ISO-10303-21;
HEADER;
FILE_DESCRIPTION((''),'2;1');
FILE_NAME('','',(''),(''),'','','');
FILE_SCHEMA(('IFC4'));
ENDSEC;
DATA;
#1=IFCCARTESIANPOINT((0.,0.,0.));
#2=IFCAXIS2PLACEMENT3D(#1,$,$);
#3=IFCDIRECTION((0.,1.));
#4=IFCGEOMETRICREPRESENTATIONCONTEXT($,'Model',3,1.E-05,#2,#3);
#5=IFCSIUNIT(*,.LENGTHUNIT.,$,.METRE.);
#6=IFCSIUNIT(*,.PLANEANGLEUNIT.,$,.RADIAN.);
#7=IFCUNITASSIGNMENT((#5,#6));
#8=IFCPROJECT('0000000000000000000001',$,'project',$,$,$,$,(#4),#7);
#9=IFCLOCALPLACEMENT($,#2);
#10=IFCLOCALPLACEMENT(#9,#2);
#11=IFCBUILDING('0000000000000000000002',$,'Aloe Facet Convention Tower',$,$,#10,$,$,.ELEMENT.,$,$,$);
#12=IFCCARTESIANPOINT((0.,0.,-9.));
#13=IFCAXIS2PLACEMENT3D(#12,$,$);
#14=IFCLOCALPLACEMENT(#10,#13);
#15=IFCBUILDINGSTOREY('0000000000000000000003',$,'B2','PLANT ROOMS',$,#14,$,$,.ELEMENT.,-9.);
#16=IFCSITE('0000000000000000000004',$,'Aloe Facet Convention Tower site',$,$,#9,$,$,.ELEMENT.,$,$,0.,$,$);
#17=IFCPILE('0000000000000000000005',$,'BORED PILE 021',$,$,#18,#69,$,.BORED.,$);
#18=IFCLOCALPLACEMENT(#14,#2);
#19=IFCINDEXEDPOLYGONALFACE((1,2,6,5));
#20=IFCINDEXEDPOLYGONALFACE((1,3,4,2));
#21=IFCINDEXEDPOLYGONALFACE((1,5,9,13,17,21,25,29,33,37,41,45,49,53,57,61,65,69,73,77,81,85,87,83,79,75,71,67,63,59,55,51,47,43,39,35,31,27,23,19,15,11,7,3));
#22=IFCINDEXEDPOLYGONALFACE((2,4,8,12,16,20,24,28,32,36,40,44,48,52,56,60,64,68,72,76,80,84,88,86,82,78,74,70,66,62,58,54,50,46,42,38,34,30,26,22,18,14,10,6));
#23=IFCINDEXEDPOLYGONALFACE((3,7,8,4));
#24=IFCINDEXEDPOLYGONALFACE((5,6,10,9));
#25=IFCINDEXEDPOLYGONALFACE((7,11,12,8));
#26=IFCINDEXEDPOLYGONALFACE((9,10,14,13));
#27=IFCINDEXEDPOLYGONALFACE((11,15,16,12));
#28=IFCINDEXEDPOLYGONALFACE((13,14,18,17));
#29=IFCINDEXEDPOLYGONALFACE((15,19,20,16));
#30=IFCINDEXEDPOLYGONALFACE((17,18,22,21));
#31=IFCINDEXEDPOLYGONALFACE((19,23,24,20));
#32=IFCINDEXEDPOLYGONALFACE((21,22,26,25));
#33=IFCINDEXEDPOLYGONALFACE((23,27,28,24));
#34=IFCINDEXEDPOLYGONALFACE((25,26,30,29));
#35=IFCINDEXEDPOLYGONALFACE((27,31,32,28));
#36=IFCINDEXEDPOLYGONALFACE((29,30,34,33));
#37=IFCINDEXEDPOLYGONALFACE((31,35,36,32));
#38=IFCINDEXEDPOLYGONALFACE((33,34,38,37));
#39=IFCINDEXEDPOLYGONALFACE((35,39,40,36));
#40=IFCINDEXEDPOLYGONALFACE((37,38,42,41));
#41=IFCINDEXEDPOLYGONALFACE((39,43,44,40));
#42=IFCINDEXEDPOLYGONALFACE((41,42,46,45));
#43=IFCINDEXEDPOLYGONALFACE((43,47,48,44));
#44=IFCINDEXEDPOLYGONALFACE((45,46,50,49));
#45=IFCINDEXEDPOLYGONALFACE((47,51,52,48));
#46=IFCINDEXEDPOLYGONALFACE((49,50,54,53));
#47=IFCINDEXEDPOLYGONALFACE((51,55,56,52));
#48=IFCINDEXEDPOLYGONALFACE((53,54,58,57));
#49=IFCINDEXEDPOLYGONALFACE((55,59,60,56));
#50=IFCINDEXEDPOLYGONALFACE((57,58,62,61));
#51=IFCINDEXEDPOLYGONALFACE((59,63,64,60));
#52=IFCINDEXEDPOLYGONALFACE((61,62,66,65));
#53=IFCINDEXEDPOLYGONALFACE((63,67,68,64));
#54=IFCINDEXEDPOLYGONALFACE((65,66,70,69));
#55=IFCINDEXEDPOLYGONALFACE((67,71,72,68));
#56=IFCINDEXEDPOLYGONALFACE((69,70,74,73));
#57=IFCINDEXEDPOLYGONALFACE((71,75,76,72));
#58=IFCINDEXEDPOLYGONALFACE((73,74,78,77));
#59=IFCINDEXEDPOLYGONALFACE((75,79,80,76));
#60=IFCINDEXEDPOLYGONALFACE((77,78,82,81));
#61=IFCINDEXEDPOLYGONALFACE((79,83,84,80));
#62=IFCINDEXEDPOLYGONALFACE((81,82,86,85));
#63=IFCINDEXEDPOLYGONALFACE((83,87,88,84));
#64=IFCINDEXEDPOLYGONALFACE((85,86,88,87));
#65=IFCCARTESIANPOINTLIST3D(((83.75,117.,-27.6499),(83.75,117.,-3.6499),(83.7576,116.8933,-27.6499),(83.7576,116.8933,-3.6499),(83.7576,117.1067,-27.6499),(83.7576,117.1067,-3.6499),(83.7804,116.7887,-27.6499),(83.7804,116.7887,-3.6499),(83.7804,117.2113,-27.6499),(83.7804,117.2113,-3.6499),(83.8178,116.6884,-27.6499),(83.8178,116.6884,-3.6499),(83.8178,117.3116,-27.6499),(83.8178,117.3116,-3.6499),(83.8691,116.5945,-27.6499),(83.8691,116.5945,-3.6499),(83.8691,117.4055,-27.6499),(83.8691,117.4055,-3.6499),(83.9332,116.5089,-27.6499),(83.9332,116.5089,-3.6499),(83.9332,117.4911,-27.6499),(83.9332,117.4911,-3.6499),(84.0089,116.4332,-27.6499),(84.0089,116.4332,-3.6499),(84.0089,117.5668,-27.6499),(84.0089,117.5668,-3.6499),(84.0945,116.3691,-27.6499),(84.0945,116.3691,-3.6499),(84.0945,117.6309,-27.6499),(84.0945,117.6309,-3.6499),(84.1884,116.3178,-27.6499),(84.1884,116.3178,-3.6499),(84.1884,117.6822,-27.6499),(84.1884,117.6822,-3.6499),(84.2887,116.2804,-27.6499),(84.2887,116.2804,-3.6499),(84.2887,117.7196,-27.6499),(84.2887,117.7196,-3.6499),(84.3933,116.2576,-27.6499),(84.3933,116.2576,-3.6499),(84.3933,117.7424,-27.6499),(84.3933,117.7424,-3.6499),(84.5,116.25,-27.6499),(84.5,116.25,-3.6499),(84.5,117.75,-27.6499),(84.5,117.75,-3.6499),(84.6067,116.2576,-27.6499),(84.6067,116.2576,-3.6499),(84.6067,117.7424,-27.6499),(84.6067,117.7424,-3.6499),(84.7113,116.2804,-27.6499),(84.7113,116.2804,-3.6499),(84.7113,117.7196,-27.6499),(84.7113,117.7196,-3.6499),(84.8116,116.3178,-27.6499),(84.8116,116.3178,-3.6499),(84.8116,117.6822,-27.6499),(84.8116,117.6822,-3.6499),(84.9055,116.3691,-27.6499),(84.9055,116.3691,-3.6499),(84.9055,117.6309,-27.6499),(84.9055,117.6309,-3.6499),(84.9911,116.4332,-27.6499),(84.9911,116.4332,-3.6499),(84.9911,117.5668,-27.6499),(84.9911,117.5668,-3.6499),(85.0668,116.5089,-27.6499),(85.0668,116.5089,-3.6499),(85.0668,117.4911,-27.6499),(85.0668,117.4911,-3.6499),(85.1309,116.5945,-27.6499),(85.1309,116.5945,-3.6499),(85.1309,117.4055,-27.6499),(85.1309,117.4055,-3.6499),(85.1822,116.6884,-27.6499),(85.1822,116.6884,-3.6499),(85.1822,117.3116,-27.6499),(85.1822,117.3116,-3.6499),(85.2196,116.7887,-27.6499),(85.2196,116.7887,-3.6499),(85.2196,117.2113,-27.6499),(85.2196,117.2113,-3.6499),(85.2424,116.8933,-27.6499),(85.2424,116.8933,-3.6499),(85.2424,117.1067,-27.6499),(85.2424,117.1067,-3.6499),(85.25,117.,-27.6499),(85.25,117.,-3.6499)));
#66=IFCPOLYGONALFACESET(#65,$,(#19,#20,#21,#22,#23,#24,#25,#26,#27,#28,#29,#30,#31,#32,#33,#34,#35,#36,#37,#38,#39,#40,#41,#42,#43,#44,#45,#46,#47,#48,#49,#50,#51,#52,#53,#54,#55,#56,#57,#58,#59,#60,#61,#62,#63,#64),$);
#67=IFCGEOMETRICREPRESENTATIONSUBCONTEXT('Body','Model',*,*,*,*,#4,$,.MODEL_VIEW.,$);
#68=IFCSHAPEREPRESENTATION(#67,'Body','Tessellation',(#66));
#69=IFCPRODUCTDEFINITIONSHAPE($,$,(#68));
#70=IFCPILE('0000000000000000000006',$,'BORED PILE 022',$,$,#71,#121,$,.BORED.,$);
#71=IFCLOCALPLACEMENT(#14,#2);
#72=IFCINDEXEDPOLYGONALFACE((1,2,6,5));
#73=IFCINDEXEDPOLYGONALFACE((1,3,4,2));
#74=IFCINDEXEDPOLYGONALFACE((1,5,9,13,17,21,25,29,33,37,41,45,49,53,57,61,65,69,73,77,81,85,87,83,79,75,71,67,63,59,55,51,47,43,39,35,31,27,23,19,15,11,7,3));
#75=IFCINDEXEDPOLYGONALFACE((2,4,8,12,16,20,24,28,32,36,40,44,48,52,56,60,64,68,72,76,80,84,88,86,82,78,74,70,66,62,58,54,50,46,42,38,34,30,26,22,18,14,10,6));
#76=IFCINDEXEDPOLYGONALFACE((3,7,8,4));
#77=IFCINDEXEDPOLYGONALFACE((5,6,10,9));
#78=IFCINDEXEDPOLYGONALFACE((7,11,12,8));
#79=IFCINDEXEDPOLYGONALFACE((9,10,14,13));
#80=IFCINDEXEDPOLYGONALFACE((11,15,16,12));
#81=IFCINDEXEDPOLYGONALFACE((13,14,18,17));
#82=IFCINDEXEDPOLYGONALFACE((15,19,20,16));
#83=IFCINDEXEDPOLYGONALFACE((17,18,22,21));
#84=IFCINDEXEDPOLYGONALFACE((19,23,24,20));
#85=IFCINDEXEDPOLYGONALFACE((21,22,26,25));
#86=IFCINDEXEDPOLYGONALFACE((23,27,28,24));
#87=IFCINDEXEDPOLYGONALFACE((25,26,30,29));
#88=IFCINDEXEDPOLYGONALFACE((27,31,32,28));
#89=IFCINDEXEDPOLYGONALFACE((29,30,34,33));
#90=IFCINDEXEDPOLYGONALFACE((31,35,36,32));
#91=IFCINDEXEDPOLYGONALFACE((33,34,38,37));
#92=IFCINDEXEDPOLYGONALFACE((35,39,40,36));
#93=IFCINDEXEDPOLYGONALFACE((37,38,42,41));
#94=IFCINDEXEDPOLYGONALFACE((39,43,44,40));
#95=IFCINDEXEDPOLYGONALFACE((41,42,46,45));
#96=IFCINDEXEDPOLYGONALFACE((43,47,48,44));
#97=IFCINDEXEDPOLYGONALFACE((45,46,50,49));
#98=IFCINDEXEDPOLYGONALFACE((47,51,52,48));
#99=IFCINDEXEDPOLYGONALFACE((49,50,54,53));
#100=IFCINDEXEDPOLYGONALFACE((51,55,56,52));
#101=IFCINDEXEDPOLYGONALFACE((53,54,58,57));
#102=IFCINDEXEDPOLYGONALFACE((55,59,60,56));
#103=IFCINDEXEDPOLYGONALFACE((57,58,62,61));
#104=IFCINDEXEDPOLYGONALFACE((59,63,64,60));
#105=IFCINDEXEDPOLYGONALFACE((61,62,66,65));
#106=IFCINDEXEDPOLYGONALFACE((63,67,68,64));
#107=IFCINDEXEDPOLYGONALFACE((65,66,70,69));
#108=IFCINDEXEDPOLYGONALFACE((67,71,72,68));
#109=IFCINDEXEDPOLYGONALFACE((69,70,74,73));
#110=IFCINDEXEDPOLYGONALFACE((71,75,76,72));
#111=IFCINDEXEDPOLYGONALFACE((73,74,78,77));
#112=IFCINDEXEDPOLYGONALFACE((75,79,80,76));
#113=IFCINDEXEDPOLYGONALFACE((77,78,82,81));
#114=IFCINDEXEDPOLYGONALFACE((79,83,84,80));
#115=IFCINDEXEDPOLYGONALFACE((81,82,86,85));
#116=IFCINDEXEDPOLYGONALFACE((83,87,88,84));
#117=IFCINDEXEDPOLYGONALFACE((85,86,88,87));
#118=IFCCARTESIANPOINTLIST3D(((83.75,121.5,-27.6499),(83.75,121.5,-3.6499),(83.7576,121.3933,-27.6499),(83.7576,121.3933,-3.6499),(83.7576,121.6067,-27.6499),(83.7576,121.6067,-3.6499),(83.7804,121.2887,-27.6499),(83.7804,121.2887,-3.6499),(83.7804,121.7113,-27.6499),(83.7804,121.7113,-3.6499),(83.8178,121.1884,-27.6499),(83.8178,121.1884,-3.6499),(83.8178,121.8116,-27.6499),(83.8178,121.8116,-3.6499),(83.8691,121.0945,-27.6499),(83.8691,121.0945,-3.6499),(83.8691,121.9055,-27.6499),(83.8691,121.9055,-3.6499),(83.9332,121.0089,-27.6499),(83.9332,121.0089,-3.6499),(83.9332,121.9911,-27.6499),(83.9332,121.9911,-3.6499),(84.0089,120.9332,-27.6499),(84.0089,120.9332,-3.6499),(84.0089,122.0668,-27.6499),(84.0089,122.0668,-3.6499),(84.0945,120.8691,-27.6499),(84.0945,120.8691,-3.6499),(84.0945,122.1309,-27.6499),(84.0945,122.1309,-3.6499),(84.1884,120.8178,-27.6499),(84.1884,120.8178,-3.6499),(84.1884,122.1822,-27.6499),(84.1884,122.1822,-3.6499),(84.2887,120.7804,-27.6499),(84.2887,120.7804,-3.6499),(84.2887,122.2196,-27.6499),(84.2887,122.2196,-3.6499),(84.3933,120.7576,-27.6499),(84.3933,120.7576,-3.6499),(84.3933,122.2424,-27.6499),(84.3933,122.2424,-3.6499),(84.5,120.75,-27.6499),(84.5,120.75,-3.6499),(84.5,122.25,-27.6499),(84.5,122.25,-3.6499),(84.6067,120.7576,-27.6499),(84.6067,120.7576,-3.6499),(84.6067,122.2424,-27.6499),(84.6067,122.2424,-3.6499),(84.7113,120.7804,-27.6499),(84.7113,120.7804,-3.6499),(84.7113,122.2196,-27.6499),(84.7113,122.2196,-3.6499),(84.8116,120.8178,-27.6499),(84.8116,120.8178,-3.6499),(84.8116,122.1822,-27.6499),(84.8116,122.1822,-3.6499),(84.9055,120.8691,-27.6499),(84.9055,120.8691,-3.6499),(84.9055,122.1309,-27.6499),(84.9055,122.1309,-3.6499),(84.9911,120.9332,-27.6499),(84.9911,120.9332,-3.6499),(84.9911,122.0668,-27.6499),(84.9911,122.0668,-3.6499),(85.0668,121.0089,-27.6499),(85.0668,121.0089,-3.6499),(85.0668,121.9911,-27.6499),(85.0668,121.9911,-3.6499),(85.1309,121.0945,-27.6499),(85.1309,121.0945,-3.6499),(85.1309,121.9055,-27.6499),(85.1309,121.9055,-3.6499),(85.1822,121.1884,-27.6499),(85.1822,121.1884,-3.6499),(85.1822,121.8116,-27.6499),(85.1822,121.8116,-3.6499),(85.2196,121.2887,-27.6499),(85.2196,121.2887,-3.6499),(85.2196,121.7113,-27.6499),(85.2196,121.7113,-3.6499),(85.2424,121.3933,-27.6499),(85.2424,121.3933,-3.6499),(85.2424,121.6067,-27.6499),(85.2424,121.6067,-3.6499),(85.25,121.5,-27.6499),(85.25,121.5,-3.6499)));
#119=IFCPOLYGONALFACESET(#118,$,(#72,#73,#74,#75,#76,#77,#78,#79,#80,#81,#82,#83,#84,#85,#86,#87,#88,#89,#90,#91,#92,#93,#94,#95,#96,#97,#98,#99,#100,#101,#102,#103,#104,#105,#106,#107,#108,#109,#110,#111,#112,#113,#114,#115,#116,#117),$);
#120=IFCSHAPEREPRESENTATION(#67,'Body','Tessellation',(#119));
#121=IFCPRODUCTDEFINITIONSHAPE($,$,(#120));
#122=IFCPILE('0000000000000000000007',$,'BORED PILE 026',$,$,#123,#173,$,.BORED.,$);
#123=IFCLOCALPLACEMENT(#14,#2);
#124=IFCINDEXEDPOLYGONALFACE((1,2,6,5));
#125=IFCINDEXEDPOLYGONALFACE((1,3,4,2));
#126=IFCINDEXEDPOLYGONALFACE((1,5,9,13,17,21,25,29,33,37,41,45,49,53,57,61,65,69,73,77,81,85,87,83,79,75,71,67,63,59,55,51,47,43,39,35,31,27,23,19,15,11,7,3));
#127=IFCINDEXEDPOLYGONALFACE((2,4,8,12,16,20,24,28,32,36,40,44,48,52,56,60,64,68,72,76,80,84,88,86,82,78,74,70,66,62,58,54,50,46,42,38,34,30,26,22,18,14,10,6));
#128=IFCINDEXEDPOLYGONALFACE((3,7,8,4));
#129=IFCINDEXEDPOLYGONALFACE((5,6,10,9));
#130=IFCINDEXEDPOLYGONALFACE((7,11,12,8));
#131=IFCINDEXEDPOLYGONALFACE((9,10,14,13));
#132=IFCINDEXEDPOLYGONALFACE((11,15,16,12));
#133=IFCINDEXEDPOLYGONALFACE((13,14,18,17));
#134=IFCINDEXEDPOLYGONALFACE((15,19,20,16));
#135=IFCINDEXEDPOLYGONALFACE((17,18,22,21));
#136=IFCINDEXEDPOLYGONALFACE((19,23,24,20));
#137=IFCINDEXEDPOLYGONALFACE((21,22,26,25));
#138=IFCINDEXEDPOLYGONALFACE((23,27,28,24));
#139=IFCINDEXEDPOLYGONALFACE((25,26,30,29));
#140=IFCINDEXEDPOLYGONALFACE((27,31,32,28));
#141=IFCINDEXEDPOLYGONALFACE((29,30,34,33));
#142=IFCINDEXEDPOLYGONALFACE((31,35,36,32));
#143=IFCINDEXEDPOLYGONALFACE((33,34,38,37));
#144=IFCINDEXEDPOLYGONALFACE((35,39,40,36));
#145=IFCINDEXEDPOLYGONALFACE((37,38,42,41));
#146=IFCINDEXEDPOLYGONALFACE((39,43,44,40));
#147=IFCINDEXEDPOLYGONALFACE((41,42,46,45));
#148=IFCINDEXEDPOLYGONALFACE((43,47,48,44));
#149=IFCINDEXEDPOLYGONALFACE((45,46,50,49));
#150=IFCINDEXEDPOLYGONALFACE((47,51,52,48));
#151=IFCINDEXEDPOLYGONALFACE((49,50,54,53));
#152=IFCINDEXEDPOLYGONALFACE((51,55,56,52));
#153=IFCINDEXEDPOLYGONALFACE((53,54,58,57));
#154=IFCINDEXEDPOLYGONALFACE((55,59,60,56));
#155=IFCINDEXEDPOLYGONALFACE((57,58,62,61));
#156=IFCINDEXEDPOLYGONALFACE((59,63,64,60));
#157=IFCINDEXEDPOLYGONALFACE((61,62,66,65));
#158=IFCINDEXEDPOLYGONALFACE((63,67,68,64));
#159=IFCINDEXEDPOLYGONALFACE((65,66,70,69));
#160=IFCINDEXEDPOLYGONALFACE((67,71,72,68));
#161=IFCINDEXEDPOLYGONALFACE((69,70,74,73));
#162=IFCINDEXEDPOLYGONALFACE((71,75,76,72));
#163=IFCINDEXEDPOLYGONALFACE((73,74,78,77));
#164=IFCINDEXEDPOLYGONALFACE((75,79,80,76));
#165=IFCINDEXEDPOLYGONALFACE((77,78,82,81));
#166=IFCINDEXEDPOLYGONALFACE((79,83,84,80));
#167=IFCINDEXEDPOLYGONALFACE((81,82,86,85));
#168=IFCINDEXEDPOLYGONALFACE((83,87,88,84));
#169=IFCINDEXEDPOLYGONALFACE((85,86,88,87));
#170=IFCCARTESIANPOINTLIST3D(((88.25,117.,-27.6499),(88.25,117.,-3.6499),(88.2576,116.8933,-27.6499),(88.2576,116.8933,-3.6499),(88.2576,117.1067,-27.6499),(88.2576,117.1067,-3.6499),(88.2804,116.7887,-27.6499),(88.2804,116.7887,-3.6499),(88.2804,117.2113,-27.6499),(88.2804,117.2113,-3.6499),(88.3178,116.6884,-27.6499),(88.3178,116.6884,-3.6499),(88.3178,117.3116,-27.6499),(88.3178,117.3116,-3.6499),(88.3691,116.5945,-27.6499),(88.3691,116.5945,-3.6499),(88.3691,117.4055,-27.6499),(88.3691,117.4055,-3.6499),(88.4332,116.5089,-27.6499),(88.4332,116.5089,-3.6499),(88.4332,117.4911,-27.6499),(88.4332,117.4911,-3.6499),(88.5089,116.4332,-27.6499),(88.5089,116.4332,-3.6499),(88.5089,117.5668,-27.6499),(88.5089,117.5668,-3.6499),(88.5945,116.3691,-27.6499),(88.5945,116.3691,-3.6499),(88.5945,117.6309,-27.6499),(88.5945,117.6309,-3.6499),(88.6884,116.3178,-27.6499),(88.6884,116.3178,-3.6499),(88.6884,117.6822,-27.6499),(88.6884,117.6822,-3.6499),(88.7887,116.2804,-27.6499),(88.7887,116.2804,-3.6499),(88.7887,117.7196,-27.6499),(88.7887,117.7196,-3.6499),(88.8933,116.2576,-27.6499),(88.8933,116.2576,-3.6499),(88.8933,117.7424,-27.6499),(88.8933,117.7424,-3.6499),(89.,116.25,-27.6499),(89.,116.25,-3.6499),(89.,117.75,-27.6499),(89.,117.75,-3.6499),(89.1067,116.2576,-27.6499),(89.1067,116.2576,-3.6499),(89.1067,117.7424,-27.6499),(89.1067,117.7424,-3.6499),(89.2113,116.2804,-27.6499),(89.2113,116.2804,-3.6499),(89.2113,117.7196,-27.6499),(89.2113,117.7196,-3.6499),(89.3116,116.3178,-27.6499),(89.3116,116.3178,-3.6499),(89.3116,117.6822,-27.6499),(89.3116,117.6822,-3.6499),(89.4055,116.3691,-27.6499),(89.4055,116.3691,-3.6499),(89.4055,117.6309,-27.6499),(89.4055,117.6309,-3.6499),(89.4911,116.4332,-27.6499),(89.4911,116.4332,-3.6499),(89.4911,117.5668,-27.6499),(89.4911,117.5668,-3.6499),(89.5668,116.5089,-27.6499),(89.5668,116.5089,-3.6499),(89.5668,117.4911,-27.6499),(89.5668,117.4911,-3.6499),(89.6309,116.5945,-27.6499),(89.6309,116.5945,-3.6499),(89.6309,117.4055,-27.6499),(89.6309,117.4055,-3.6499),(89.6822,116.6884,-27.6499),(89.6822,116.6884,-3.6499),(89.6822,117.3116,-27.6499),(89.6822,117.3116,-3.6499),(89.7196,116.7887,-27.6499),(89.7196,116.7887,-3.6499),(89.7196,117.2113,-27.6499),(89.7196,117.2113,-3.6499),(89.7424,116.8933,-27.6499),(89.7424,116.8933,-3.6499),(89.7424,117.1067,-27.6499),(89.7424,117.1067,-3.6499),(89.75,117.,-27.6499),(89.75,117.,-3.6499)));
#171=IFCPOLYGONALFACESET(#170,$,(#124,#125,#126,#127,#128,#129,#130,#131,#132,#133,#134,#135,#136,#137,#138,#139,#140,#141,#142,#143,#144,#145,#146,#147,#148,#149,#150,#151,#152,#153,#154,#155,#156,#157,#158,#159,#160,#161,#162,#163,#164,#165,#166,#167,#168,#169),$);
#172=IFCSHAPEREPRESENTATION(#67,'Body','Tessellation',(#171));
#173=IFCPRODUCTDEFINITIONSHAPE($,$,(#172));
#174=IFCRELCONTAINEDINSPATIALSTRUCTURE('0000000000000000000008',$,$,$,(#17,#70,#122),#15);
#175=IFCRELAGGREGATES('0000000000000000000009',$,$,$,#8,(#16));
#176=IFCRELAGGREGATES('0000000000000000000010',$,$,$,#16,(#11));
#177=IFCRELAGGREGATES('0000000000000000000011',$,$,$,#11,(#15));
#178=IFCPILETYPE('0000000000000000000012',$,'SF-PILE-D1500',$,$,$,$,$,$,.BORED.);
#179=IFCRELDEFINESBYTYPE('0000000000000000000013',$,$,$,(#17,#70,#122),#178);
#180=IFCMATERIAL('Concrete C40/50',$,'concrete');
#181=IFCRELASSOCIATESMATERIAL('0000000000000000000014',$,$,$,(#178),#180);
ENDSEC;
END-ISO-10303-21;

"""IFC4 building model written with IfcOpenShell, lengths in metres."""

from ifc_helpers import new_model, si_unit, direction, frame, origin, origin_2d, place, context, subcontext, project, spatial, circle, extrude, material, material_profile, profile_set, type_object, element, save


model = new_model("IFC4")

# Units and contexts
model_context = context("Model", 3, precision=1e-05, world=origin(), true_north=direction((0.0, 1.0)))
body_context = subcontext(model_context, "Body", "Model", "MODEL_VIEW")
ifc_project = project(units=[si_unit("LENGTHUNIT", "METRE"), si_unit("PLANEANGLEUNIT", "RADIAN")], contexts=[model_context])

# Site, building, storey
site_placement = place(None, origin())
site = spatial("IfcSite", under=ifc_project, at=site_placement, Name="Aloe Facet Convention Tower site", CompositionType="ELEMENT", RefElevation=0.0)
building_placement = place(site_placement, origin())
building = spatial("IfcBuilding", under=site, at=building_placement, Name="Aloe Facet Convention Tower", CompositionType="ELEMENT")
storey_placement = place(building_placement, frame((0.0, 0.0, -9.0)))
storey = spatial("IfcBuildingStorey", under=building, at=storey_placement, Name="B2", Description="PLANT ROOMS", CompositionType="ELEMENT", Elevation=-9.0)

# Piles
ifc_material_1 = material(Name="Concrete C40/50", Category="concrete")
ifc_material_profile_1 = material_profile(ifc_material_1, circle(Radius=0.75, at=origin_2d()), Name="D1500")
ifc_profile_set_1 = profile_set([ifc_material_profile_1], Name="Concrete C40/50")
pile_type = type_object("IfcPileType", Name="SF-PILE-D1500", PredefinedType="BORED", material=ifc_profile_set_1)
for number, where, z_axis, x_axis, name in (
    (1, (84.5, 117.0, -3.6499), (0.0, 0.0, -1.0), (1.0, 0.0, 0.0), "BORED PILE 021"),
    (2, (84.5, 121.5, -3.6499), (0.0, 0.0, -1.0), (1.0, 0.0, 0.0), "BORED PILE 022"),
    (3, (89.0, 117.0, -3.6499), (0.0, 0.0, -1.0), (1.0, 0.0, 0.0), "BORED PILE 026"),
):
    element("IfcPile", number, at=place(storey_placement, frame(where, z_axis=z_axis, x_axis=x_axis)), inside=storey, type_object=pile_type, Name=name, PredefinedType="BORED", context=body_context, shape_type="SweptSolid", body=[
        extrude(circle(Radius=0.75, at=origin_2d()), origin(), (0.0, 0.0, 1.0), 24.0),
    ])

save(model, "model.ifc")
